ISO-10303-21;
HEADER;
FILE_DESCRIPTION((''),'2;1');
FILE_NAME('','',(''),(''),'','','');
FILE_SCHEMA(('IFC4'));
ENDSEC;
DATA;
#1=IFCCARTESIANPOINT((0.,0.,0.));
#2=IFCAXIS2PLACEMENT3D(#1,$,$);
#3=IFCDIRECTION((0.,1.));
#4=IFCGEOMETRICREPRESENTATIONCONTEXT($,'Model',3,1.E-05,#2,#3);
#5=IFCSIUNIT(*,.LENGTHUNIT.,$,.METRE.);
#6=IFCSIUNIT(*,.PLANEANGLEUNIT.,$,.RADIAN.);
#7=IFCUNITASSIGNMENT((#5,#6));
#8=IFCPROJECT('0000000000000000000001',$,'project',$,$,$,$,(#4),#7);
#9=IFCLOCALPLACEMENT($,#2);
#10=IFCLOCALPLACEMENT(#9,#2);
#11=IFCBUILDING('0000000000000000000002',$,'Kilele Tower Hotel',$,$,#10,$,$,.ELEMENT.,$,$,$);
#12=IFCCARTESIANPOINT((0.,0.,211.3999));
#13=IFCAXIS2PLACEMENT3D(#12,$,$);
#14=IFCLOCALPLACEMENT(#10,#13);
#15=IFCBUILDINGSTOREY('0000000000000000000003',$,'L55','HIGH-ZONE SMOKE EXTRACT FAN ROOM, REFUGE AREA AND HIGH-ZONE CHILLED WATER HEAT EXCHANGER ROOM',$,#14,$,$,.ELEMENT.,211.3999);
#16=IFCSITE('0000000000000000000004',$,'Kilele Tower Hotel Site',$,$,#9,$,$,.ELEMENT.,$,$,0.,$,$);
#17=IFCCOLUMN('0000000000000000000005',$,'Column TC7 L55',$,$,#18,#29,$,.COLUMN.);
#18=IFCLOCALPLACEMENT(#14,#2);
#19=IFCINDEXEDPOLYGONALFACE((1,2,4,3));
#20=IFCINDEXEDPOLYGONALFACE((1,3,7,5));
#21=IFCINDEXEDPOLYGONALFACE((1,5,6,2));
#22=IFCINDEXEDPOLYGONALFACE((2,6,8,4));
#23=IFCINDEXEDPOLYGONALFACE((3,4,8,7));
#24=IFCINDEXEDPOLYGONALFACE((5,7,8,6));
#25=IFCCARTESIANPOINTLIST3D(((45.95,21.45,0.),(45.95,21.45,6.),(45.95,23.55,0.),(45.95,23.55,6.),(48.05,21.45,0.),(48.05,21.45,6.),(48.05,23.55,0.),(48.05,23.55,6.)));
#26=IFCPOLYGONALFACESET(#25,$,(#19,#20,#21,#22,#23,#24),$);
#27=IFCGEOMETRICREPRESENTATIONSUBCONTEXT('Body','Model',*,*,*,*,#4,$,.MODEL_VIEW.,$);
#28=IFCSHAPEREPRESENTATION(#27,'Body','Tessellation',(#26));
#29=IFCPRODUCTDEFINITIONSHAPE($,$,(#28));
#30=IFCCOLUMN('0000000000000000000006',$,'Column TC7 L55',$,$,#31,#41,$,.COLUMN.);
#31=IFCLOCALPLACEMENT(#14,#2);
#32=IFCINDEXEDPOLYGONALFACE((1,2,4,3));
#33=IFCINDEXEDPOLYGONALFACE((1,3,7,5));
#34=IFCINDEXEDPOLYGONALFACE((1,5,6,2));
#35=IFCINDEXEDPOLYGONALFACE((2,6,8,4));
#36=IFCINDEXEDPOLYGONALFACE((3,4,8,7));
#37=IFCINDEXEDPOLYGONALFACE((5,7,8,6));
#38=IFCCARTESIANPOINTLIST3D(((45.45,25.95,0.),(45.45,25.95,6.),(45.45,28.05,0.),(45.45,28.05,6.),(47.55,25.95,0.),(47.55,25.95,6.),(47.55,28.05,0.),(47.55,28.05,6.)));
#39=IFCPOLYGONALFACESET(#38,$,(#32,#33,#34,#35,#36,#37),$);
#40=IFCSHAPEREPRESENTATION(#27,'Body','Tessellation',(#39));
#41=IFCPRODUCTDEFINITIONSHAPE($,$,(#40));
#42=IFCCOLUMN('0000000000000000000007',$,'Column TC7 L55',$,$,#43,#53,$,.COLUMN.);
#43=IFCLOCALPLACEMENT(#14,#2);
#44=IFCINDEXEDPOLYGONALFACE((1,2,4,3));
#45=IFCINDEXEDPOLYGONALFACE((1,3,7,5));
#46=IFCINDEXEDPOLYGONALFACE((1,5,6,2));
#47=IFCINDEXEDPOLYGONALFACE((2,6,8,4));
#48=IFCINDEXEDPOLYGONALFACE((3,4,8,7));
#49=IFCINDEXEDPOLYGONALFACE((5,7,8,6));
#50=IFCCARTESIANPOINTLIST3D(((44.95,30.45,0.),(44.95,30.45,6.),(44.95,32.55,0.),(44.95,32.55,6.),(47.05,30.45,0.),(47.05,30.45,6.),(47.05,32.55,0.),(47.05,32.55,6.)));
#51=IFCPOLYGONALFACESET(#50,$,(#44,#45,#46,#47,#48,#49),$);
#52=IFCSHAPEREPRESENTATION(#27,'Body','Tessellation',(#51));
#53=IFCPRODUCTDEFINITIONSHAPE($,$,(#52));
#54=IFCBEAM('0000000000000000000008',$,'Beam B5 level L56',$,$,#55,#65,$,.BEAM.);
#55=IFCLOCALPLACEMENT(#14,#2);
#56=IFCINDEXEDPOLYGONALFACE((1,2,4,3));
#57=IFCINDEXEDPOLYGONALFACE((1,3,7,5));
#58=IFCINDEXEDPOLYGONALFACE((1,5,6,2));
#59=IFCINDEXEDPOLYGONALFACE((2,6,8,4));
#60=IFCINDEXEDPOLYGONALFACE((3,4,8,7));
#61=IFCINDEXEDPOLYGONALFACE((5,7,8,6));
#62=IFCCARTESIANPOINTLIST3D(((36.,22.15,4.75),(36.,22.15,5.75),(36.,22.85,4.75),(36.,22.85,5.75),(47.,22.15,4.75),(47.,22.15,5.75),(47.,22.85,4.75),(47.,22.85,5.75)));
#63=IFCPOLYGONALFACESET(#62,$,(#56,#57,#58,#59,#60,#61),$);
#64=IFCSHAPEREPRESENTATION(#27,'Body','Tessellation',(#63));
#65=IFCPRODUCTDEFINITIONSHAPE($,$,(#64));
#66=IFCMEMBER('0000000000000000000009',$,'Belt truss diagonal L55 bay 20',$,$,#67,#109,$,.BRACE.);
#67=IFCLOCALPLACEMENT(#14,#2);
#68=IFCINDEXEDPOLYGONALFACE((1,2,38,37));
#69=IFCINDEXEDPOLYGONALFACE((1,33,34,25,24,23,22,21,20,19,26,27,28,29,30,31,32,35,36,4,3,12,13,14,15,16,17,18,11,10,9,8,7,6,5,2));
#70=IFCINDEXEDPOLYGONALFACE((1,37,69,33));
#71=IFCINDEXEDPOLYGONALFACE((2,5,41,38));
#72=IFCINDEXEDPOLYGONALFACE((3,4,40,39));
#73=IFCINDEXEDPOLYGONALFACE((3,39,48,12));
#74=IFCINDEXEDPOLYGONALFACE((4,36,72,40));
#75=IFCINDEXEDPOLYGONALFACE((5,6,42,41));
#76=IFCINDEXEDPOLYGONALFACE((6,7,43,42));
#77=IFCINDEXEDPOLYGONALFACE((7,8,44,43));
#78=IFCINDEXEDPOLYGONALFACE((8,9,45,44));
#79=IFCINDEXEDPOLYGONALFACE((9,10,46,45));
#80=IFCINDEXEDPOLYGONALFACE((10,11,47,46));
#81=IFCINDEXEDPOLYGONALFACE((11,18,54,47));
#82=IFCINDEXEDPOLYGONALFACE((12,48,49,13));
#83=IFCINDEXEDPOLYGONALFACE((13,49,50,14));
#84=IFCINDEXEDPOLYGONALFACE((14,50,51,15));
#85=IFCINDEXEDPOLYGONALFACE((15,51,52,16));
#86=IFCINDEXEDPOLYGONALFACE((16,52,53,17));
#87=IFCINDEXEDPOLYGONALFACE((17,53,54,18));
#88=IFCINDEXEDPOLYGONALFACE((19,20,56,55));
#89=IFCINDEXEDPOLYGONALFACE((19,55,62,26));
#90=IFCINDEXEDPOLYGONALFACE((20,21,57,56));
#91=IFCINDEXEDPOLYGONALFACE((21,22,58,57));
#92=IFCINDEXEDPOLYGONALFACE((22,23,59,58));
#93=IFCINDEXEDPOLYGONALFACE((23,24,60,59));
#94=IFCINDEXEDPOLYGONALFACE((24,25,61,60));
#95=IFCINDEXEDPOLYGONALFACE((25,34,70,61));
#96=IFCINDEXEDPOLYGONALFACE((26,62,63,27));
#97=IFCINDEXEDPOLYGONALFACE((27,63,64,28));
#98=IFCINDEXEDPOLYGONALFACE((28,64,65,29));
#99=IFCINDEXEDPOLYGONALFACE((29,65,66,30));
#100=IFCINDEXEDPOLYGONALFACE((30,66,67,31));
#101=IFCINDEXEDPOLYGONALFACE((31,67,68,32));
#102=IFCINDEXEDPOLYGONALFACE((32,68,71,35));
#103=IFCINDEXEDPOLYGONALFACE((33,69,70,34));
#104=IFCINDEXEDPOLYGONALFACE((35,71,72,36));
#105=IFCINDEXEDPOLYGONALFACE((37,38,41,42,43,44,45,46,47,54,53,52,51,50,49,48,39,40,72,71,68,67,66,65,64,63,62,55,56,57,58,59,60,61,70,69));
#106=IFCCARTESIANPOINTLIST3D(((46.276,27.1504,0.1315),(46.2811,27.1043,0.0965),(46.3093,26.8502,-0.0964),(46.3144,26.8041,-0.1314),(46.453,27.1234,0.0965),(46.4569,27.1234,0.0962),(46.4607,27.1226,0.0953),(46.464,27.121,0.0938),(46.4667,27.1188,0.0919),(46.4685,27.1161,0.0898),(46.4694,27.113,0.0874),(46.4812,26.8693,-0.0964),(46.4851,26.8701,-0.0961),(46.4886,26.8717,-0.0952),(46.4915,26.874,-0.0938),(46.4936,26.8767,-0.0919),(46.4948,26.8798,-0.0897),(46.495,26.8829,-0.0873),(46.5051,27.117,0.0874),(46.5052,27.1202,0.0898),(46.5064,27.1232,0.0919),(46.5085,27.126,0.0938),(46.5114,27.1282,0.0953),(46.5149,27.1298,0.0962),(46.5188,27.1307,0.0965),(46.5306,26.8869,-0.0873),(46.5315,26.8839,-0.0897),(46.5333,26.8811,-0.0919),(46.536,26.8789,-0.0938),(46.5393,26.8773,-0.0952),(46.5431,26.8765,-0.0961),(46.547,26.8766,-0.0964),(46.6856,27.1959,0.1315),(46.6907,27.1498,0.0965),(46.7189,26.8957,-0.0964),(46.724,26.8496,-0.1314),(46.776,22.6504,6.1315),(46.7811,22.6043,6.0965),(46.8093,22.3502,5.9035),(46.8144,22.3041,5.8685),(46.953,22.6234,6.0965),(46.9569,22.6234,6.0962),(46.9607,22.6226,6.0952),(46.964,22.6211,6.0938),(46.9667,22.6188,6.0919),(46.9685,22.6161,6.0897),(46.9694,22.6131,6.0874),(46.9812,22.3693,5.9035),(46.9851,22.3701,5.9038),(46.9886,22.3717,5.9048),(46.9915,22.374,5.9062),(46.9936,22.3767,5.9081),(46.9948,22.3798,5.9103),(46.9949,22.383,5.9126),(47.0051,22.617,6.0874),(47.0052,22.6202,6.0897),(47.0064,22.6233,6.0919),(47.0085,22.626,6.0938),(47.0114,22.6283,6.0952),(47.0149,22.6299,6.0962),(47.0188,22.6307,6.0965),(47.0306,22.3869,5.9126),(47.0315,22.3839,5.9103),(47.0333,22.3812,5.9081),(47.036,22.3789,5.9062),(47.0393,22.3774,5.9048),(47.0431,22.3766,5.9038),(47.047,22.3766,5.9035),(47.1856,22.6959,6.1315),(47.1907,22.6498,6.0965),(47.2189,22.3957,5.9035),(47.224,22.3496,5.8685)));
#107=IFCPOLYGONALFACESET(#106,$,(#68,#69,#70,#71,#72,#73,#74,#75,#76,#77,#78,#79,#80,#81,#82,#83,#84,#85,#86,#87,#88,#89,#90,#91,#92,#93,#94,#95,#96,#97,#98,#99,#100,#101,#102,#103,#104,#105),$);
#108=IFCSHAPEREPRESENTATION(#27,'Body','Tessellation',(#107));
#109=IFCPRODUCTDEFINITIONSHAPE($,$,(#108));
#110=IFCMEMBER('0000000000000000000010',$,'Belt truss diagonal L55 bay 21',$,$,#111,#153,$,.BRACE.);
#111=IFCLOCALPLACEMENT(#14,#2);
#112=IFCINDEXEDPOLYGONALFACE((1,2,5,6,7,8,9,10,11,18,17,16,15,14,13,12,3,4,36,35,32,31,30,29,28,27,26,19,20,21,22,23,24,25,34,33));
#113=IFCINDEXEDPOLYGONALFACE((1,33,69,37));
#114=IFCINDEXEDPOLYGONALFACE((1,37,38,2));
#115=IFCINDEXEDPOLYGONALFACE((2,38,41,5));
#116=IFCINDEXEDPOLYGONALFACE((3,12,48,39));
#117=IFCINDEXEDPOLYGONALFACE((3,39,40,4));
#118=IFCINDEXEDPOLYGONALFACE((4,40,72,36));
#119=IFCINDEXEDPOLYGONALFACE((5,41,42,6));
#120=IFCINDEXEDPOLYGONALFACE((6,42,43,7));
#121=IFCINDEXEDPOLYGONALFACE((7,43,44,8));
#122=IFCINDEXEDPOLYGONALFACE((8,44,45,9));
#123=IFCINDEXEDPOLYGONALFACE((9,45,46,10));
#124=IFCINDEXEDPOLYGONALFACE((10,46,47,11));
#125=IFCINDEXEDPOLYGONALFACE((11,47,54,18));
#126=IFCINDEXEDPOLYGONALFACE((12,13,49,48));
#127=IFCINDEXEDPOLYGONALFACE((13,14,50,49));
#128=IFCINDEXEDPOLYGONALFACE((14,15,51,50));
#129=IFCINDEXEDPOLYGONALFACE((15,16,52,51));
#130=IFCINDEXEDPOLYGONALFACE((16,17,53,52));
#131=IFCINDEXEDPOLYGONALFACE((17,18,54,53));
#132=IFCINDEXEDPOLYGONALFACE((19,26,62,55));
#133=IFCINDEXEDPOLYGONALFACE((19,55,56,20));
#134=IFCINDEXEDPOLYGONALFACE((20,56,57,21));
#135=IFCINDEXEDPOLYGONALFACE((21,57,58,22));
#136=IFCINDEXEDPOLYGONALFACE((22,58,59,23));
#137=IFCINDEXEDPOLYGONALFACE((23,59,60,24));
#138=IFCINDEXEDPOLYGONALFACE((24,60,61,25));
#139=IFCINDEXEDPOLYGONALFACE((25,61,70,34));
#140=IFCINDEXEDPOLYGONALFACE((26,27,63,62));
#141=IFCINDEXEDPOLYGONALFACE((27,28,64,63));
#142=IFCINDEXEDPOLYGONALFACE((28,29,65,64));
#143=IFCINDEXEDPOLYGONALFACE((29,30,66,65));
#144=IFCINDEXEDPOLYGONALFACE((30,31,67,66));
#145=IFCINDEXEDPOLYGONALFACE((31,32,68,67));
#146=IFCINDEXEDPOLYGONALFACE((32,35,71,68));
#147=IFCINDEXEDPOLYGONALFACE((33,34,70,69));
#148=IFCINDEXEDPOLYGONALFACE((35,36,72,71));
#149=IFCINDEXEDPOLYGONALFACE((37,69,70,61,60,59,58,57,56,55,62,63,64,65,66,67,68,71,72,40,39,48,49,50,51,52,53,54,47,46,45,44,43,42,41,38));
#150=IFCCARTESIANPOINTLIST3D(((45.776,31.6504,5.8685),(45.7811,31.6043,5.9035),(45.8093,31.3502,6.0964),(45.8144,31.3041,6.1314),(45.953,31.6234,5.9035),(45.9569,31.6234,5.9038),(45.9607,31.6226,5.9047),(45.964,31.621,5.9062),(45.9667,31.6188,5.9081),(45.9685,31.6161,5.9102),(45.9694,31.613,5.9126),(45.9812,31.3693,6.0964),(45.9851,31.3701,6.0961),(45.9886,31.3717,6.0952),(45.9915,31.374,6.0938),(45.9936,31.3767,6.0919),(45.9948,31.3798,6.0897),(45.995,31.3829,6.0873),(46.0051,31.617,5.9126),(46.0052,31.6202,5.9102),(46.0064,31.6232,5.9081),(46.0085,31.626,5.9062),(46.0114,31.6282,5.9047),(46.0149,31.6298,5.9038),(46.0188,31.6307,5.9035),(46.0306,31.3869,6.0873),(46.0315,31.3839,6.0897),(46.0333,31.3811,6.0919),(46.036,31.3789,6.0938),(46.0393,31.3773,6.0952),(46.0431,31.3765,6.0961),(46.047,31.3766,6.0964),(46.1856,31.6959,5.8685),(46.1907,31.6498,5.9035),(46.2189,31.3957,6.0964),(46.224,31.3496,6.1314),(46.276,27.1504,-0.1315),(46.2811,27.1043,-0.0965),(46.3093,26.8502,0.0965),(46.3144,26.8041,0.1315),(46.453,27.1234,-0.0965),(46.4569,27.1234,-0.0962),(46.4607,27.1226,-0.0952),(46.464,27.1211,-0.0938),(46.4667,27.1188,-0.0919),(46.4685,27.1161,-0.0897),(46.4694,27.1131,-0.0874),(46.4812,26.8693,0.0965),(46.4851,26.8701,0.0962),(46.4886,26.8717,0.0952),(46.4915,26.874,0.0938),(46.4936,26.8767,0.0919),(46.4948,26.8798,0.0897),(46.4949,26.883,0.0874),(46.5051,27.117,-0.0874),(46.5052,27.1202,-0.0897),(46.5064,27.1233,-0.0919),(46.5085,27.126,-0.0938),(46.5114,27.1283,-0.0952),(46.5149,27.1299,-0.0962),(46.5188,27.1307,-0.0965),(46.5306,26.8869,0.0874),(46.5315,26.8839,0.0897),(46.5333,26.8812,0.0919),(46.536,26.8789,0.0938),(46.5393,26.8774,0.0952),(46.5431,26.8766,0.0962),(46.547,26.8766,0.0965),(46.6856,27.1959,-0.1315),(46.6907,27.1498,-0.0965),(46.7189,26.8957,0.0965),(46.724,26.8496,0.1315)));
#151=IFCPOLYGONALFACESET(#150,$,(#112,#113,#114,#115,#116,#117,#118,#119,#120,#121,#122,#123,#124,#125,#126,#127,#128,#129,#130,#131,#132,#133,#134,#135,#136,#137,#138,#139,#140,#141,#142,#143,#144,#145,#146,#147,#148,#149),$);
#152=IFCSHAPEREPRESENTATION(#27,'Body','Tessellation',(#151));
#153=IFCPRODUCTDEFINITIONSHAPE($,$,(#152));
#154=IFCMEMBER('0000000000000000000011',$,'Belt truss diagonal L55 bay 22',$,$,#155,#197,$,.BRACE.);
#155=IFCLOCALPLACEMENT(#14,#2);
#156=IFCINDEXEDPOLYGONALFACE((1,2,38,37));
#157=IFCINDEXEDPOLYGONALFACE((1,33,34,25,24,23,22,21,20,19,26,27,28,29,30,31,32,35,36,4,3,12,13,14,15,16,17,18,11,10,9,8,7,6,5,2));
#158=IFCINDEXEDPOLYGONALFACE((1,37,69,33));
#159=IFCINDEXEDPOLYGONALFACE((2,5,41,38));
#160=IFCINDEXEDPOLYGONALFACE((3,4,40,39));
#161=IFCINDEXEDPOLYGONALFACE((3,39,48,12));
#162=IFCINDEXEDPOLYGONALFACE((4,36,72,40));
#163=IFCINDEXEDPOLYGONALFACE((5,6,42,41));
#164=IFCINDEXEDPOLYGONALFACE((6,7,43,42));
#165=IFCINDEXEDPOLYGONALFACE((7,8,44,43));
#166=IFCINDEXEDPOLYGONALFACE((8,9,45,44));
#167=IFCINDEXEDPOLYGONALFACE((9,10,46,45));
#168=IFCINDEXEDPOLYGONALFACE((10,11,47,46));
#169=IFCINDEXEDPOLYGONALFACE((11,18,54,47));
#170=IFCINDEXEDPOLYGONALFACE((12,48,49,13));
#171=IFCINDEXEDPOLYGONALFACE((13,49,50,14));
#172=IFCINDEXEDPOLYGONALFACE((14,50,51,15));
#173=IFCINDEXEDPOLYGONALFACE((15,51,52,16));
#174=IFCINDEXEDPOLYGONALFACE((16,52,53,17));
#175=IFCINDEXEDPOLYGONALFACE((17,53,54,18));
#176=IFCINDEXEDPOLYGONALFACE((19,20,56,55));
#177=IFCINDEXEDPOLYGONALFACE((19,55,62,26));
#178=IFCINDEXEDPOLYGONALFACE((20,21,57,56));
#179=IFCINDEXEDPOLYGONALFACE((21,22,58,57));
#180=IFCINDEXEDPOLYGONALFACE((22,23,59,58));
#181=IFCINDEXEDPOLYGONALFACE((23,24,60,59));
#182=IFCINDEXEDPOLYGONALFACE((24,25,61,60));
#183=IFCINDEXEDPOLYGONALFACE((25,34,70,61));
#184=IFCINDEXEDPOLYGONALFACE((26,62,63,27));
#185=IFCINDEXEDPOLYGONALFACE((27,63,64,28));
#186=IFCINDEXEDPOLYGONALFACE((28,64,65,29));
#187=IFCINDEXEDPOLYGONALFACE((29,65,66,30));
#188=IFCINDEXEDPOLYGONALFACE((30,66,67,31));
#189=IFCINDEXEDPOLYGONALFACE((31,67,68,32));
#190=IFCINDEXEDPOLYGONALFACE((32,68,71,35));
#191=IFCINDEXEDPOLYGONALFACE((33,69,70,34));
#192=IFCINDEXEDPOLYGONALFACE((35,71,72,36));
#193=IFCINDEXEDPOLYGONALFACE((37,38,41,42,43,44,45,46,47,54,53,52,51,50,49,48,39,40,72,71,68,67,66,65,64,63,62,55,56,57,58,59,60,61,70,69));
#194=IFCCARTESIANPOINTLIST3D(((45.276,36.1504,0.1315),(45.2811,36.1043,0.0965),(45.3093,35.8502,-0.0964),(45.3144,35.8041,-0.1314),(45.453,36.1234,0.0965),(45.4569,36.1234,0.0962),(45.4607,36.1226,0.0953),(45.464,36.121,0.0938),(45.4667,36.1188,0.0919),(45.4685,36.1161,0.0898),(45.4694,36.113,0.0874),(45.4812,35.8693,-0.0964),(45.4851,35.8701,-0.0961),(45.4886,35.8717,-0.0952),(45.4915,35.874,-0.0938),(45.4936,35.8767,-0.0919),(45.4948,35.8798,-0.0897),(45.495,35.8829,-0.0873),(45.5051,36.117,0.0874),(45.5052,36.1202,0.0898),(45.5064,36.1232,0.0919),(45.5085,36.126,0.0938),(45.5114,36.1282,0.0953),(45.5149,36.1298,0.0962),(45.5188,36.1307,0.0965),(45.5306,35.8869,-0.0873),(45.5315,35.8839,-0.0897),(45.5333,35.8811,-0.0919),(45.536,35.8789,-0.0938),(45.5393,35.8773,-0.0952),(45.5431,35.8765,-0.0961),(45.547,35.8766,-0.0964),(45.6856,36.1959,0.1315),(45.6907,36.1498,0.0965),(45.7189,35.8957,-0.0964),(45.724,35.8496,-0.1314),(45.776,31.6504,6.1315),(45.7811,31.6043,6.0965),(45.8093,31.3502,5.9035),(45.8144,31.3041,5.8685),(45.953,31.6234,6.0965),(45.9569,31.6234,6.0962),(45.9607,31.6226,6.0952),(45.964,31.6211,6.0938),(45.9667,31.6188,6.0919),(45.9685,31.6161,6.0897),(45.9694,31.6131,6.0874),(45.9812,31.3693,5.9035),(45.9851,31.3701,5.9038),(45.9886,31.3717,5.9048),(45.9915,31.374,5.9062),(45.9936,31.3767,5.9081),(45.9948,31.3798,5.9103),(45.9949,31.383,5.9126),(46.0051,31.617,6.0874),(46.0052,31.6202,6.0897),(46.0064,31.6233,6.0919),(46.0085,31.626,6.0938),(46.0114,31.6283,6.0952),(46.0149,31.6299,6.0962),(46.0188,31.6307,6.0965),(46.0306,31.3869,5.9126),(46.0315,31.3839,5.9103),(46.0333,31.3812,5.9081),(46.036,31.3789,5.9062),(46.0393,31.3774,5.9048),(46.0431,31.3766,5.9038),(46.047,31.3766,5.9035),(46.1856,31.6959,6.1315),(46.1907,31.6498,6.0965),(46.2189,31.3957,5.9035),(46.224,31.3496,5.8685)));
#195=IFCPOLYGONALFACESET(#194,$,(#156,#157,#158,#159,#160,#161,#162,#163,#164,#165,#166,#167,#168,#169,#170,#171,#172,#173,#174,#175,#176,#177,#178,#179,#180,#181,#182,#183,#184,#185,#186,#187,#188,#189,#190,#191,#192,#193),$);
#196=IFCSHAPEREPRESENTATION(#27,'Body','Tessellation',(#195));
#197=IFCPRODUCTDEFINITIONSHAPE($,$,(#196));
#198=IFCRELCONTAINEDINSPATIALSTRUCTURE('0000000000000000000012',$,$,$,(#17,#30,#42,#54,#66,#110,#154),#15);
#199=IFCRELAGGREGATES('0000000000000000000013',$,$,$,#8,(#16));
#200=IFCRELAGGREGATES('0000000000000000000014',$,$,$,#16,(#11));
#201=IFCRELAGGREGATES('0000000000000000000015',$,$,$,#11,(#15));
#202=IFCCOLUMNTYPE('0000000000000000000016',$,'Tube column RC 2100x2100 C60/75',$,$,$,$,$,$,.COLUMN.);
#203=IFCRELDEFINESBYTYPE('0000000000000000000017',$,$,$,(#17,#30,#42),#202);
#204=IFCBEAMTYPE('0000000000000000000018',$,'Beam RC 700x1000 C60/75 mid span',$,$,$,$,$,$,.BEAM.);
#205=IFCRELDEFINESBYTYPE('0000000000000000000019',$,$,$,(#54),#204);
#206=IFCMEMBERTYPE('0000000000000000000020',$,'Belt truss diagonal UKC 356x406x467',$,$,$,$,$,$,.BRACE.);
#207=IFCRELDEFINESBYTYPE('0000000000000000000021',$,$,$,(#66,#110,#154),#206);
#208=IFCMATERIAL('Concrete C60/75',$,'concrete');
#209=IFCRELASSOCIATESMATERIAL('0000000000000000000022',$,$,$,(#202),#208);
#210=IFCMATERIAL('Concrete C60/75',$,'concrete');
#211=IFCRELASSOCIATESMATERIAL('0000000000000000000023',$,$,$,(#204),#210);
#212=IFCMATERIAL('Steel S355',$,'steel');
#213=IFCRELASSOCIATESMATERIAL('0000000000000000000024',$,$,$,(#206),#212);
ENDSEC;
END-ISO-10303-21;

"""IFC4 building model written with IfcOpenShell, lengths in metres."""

from ifc_helpers import new_model, si_unit, direction, frame, origin, origin_2d, place, context, subcontext, project, spatial, rectangle, i_section, extrude, material, material_profile, profile_set, type_object, element, save


model = new_model("IFC4")

# Units and contexts
model_context = context("Model", 3, precision=1e-05, world=origin(), true_north=direction((0.0, 1.0)))
body_context = subcontext(model_context, "Body", "Model", "MODEL_VIEW")
ifc_project = project(units=[si_unit("LENGTHUNIT", "METRE"), si_unit("PLANEANGLEUNIT", "RADIAN")], contexts=[model_context])

# Site, building, storey
site_placement = place(None, origin())
site = spatial("IfcSite", under=ifc_project, at=site_placement, Name="Kilele Tower Hotel Site", CompositionType="ELEMENT", RefElevation=0.0)
building_placement = place(site_placement, origin())
building = spatial("IfcBuilding", under=site, at=building_placement, Name="Kilele Tower Hotel", CompositionType="ELEMENT")
storey_placement = place(building_placement, frame((0.0, 0.0, 211.3999)))
storey = spatial("IfcBuildingStorey", under=building, at=storey_placement, Name="L55", Description="HIGH-ZONE SMOKE EXTRACT FAN ROOM, REFUGE AREA AND HIGH-ZONE CHILLED WATER HEAT EXCHANGER ROOM", CompositionType="ELEMENT", Elevation=211.3999)

# Columns
ifc_material_1 = material(Name="Concrete C60/75", Category="concrete")
ifc_material_profile_1 = material_profile(ifc_material_1, rectangle(XDim=2.1001, YDim=2.1001, at=origin_2d()))
ifc_profile_set_1 = profile_set([ifc_material_profile_1], Name="Concrete C60/75")
column_type = type_object("IfcColumnType", Name="Tube column RC 2100x2100 C60/75", PredefinedType="COLUMN", material=ifc_profile_set_1)
for number, where, z_axis, x_axis, name in (
    (1, (47.0, 22.5, 0.0), (0.0, 0.0, 1.0), (1.0, 0.0, 0.0), "Column TC7 L55"),
    (2, (46.5, 27.0, 0.0), (0.0, 0.0, 1.0), (1.0, 0.0, 0.0), "Column TC7 L55"),
    (3, (46.0, 31.5, 0.0), (0.0, 0.0, 1.0), (1.0, 0.0, 0.0), "Column TC7 L55"),
):
    element("IfcColumn", number, at=place(storey_placement, frame(where, z_axis=z_axis, x_axis=x_axis)), inside=storey, type_object=column_type, Name=name, PredefinedType="COLUMN", context=body_context, shape_type="SweptSolid", body=[
        extrude(rectangle(XDim=2.1001, YDim=2.1001, at=origin_2d()), origin(), (0.0, 0.0, 1.0), 6.0),
    ])

# Beam
ifc_material_2 = material(Name="Concrete C60/75", Category="concrete")
ifc_material_profile_2 = material_profile(ifc_material_2, rectangle(XDim=0.7, YDim=1.0, at=origin_2d()))
ifc_profile_set_2 = profile_set([ifc_material_profile_2], Name="Concrete C60/75")
beam_type_1 = type_object("IfcBeamType", Name="Beam RC 700x1000 C60/75 mid span", PredefinedType="BEAM", material=ifc_profile_set_2)
beam_1_placement = place(storey_placement, frame((47.0, 22.5, 5.25), z_axis=(-1.0, 0.0, 0.0), x_axis=(0.0, -1.0, 0.0)))
element("IfcBeam", 4, at=beam_1_placement, inside=storey, type_object=beam_type_1, Name="Beam B5 level L56", PredefinedType="BEAM", context=body_context, shape_type="SweptSolid", body=[
    extrude(rectangle(XDim=0.7, YDim=1.0, at=origin_2d()), origin(), (0.0, 0.0, 1.0), 11.0),
])

# Members
ifc_material_3 = material(Name="Steel S355", Category="steel")
ifc_material_profile_3 = material_profile(ifc_material_3, i_section(OverallWidth=0.4121, OverallDepth=0.4365, WebThickness=0.0359, FlangeThickness=0.0581, FilletRadius=0.0151, at=origin_2d()))
ifc_profile_set_3 = profile_set([ifc_material_profile_3], Name="Steel S355")
member_type = type_object("IfcMemberType", Name="Belt truss diagonal UKC 356x406x467", PredefinedType="BRACE", material=ifc_profile_set_3)
for number, where, z_axis, x_axis, name in (
    (5, (47.0, 22.5, 6.0), (-0.066519, 0.598671, -0.798228), (-0.993884, -0.110432, 0.0), "Belt truss diagonal L55 bay 20"),
    (6, (46.5, 27.0, 0.0), (-0.066519, 0.598671, 0.798228), (-0.993884, -0.110432, 0.0), "Belt truss diagonal L55 bay 21"),
    (7, (46.0, 31.5, 6.0), (-0.066519, 0.598671, -0.798228), (-0.993884, -0.110432, 0.0), "Belt truss diagonal L55 bay 22"),
):
    element("IfcMember", number, at=place(storey_placement, frame(where, z_axis=z_axis, x_axis=x_axis)), inside=storey, type_object=member_type, Name=name, PredefinedType="BRACE", context=body_context, shape_type="SweptSolid", body=[
        extrude(i_section(OverallWidth=0.4121, OverallDepth=0.4365, WebThickness=0.0359, FlangeThickness=0.0581, FilletRadius=0.0151, at=origin_2d()), origin(), (0.0, 0.0, 1.0), 7.5166),
    ])

save(model, "model.ifc")
